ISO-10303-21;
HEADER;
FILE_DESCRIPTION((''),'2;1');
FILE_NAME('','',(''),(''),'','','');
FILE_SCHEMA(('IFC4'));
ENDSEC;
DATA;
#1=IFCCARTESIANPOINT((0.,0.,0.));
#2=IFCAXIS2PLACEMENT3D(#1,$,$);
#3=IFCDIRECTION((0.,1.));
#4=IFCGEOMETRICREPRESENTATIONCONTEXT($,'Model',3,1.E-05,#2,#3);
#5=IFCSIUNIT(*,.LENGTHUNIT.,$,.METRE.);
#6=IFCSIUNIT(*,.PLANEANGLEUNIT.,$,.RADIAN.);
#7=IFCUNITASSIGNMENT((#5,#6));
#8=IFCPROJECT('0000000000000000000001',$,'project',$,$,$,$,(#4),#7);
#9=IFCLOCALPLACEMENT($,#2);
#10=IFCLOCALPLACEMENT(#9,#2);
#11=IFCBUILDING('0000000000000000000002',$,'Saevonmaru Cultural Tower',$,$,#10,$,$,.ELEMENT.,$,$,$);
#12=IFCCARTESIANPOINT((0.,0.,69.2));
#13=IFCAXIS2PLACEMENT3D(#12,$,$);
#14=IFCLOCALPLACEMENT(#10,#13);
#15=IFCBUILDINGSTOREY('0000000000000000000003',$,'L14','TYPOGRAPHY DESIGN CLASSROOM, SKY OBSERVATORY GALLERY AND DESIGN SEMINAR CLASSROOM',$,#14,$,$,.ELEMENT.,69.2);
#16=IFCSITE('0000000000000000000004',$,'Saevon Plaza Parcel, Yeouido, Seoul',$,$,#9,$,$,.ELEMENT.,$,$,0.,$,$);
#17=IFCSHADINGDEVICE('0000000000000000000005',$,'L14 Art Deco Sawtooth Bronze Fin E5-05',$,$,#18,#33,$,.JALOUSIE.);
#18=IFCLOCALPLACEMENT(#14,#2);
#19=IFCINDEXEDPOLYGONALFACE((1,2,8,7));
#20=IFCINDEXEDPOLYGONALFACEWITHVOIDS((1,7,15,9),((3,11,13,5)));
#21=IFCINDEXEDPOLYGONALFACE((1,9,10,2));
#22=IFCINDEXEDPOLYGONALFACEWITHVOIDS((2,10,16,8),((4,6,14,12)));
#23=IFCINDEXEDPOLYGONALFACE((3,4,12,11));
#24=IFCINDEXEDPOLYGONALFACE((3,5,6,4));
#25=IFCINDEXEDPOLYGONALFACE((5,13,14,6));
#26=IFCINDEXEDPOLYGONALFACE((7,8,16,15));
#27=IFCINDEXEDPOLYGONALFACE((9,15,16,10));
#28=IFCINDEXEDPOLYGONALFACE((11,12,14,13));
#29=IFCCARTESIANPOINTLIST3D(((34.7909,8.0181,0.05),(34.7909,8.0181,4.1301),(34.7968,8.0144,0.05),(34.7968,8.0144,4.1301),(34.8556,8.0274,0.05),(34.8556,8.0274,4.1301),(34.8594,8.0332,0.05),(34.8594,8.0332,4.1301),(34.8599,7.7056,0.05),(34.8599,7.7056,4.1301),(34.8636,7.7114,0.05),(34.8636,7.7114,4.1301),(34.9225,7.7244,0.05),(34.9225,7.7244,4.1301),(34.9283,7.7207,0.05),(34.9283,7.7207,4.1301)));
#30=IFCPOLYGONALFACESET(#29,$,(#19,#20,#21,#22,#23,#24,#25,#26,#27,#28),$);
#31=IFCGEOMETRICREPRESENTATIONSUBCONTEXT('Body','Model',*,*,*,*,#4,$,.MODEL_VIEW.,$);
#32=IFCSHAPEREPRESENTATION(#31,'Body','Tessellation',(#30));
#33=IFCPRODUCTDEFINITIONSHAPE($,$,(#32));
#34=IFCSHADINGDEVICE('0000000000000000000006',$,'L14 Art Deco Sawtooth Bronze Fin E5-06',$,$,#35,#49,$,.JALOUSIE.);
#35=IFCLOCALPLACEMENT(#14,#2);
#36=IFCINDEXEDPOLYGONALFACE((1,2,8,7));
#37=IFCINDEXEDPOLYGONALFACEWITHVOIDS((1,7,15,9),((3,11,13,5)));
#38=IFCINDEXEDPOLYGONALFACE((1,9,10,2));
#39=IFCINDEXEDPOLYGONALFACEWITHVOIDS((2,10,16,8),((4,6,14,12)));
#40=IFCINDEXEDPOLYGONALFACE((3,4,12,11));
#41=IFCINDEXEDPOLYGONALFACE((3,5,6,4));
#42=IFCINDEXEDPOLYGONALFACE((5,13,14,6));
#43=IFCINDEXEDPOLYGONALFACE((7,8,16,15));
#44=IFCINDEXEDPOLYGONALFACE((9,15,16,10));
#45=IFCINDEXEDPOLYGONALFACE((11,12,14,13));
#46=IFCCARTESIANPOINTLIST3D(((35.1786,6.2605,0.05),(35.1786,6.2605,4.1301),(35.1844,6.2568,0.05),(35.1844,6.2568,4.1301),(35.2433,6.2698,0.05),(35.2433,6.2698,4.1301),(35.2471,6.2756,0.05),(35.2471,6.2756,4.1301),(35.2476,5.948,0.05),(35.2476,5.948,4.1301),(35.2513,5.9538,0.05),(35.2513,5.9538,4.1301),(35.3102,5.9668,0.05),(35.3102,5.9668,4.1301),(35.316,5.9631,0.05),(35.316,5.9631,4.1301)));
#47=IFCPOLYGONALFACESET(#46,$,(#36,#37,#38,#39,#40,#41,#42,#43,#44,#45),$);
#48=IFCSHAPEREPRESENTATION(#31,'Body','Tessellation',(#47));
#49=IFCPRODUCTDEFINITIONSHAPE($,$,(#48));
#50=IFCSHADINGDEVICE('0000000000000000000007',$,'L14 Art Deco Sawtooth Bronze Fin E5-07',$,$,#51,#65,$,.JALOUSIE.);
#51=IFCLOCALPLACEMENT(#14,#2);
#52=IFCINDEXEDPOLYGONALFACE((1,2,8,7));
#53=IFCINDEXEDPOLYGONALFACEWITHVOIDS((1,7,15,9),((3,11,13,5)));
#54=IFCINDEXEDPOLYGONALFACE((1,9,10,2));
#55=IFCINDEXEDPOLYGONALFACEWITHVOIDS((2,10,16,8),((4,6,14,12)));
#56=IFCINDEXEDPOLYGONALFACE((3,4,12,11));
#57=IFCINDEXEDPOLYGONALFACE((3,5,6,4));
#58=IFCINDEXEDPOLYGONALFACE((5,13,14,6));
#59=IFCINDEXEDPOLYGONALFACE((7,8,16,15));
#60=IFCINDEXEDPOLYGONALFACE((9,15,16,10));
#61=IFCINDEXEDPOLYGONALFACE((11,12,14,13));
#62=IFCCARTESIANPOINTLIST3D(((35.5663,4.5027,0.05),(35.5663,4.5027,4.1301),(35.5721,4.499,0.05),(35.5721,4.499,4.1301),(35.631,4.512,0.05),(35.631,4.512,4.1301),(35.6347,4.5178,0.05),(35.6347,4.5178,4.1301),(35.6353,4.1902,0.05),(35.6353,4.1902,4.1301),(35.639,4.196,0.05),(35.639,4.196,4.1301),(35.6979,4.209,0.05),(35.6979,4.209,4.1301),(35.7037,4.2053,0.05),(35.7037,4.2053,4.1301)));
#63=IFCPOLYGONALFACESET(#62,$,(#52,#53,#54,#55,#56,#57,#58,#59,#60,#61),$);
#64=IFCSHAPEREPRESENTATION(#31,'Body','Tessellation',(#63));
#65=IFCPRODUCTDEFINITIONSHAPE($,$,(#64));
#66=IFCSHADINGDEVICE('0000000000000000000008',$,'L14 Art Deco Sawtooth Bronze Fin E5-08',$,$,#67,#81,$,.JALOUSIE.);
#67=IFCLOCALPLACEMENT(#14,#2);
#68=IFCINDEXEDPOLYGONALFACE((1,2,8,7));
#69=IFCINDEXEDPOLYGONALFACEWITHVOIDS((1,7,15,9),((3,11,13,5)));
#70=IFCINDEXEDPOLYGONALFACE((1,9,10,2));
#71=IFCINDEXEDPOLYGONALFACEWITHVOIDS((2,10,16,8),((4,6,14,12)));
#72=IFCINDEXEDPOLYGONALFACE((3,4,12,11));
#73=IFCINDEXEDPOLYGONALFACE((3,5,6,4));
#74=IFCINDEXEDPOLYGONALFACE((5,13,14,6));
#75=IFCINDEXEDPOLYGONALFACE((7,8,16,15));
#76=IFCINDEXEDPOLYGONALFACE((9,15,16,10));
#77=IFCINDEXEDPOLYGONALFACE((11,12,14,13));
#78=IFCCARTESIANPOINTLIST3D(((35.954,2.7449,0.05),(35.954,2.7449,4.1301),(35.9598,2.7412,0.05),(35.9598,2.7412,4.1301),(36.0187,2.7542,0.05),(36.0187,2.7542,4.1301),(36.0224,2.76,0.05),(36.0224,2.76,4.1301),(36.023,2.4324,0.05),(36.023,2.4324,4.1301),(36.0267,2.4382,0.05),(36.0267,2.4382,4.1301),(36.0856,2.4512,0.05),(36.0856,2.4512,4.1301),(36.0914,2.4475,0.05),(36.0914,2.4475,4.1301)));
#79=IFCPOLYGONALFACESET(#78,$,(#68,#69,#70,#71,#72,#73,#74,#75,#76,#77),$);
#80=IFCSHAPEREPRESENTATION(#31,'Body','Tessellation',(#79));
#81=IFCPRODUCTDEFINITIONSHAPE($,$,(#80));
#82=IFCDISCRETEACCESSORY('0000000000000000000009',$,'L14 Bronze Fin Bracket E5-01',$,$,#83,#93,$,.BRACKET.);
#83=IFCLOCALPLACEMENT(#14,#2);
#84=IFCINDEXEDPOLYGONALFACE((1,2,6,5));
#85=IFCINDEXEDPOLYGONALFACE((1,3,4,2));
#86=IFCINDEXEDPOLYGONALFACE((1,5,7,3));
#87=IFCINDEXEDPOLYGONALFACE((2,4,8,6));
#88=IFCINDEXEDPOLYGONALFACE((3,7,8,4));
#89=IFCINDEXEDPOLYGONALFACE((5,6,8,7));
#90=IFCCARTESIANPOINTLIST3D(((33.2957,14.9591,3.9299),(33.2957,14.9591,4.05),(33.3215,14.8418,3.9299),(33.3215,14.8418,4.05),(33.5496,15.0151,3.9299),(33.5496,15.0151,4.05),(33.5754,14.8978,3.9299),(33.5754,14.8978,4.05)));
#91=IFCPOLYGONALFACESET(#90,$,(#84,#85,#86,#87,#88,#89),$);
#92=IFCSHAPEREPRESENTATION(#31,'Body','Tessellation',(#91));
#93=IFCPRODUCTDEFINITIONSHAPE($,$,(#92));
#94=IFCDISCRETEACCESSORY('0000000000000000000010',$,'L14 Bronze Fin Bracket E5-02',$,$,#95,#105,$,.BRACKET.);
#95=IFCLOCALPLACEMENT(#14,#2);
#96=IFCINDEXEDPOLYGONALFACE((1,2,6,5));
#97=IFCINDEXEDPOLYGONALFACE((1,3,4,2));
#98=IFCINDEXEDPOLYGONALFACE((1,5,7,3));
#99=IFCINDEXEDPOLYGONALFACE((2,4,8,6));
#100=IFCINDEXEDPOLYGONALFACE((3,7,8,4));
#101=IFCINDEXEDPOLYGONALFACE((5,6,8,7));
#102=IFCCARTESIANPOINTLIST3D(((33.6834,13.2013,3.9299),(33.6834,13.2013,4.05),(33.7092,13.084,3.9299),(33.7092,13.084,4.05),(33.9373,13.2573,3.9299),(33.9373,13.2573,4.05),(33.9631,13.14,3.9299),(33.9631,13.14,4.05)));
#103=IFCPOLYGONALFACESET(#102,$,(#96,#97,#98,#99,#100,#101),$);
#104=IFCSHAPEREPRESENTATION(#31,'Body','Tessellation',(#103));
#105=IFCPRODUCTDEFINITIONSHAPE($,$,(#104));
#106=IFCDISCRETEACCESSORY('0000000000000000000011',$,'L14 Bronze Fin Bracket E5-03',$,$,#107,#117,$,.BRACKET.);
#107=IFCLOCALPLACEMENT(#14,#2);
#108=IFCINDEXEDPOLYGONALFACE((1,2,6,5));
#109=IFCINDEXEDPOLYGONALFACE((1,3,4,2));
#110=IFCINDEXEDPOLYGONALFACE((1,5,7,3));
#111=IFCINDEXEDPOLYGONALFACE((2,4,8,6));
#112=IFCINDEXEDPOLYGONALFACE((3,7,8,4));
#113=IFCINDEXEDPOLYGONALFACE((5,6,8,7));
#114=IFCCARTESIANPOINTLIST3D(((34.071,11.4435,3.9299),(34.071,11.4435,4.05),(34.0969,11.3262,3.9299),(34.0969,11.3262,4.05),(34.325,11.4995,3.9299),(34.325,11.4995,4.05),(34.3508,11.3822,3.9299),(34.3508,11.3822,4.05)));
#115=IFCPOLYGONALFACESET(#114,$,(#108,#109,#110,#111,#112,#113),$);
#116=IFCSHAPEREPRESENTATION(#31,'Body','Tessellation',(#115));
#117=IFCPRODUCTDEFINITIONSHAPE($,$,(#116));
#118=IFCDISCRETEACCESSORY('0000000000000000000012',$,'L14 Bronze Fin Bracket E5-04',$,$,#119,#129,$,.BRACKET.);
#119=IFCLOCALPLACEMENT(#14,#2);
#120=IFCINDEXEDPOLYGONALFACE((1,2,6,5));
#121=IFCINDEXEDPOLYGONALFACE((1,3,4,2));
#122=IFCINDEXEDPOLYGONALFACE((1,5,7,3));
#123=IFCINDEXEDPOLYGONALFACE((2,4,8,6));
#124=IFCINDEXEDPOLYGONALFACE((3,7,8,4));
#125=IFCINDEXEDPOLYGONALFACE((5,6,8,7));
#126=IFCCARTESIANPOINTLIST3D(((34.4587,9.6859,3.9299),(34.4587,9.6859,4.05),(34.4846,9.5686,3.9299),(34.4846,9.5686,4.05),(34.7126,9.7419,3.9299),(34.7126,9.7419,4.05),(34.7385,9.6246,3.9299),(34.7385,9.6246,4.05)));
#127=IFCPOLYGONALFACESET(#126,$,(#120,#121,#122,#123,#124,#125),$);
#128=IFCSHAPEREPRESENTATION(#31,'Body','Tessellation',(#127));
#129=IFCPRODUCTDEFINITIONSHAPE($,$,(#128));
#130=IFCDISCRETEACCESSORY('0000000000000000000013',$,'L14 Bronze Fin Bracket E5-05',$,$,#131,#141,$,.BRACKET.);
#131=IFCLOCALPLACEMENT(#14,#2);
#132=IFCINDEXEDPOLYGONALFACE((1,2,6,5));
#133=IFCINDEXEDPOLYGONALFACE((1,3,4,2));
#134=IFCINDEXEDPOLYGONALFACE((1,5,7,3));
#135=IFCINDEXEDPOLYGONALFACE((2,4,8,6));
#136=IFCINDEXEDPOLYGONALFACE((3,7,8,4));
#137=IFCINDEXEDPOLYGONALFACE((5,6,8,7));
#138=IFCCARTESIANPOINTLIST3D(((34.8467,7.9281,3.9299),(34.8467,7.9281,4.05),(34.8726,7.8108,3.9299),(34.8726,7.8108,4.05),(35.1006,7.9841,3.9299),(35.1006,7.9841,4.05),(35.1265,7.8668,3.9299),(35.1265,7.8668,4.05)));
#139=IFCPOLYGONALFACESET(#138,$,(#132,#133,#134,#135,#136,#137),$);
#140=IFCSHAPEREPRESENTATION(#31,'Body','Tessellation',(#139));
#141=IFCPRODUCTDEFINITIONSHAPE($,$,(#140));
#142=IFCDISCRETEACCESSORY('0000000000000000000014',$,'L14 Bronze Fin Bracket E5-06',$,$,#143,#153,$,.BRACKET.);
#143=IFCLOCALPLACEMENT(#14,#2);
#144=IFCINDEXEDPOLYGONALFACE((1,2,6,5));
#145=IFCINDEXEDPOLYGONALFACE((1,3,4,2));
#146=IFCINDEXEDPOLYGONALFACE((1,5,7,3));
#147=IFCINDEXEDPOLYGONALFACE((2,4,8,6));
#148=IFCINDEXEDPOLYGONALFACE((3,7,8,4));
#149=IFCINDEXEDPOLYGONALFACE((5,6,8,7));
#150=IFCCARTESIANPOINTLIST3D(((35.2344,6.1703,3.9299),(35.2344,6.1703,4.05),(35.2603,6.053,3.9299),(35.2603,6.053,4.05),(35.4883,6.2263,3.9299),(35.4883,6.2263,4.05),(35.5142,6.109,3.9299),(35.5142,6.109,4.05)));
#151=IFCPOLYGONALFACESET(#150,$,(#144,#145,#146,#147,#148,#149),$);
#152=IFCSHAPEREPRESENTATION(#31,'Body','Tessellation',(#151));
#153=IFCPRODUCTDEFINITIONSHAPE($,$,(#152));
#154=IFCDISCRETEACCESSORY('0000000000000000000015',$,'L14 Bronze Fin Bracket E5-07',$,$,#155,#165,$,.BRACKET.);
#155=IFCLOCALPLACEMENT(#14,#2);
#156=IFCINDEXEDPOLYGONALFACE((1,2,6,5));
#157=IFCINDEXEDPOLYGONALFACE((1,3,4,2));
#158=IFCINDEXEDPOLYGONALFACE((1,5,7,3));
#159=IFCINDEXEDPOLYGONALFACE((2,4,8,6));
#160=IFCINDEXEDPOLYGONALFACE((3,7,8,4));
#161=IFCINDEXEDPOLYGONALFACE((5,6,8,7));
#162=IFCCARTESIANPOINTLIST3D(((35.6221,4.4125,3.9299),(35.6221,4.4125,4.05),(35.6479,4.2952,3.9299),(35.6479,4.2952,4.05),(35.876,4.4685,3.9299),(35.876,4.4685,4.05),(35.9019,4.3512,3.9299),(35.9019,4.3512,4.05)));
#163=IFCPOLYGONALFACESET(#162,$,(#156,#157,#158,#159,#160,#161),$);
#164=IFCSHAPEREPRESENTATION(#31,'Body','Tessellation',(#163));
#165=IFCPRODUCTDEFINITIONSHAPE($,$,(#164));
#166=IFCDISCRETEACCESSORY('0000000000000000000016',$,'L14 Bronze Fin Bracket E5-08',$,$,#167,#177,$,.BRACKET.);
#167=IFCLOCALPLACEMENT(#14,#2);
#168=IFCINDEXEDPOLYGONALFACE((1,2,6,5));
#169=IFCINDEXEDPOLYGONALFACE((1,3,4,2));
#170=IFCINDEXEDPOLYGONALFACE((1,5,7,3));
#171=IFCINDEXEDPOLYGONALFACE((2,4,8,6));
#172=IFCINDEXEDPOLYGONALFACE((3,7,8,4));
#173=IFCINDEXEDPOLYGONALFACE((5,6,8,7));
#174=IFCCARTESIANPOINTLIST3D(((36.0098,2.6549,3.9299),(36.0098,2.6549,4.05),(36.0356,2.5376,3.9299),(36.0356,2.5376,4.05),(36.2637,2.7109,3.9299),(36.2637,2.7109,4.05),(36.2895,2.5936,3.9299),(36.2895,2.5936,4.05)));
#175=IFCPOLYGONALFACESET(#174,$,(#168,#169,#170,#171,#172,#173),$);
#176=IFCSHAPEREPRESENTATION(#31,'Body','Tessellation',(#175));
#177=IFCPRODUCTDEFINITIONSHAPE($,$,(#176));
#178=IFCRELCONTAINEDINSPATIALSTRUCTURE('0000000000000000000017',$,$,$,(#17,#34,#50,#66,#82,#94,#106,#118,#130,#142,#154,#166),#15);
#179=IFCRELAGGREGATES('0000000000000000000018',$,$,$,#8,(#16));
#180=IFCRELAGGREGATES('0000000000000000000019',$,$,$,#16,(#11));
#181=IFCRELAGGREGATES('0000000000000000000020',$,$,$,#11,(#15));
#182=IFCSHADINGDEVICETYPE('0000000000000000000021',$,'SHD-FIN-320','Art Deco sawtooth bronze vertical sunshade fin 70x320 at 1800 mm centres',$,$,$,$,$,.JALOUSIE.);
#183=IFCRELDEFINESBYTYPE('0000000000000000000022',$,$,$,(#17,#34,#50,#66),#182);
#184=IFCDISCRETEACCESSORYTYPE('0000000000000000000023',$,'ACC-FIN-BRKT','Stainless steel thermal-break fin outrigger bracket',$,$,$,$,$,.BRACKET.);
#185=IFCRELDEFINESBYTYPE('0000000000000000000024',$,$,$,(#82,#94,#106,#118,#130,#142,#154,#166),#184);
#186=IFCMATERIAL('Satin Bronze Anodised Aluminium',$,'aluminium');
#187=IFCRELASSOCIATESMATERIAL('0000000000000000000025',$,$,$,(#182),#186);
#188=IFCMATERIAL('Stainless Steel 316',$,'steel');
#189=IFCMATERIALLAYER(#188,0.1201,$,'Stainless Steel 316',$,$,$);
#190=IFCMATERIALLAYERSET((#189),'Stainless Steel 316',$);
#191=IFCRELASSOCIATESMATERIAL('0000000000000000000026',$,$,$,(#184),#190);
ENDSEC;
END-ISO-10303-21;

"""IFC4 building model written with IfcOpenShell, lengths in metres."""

from ifc_helpers import new_model, si_unit, direction, frame, origin, origin_2d, place, context, subcontext, project, spatial, rectangle, hollow_rectangle, extrude, material, layer, layer_set, material_profile, profile_set, type_object, element, save


model = new_model("IFC4")

# Units and contexts
model_context = context("Model", 3, precision=1e-05, world=origin(), true_north=direction((0.0, 1.0)))
body_context = subcontext(model_context, "Body", "Model", "MODEL_VIEW")
ifc_project = project(units=[si_unit("LENGTHUNIT", "METRE"), si_unit("PLANEANGLEUNIT", "RADIAN")], contexts=[model_context])

# Site, building, storey
site_placement = place(None, origin())
site = spatial("IfcSite", under=ifc_project, at=site_placement, Name="Saevon Plaza Parcel, Yeouido, Seoul", CompositionType="ELEMENT", RefElevation=0.0)
building_placement = place(site_placement, origin())
building = spatial("IfcBuilding", under=site, at=building_placement, Name="Saevonmaru Cultural Tower", CompositionType="ELEMENT")
storey_placement = place(building_placement, frame((0.0, 0.0, 69.2)))
storey = spatial("IfcBuildingStorey", under=building, at=storey_placement, Name="L14", Description="TYPOGRAPHY DESIGN CLASSROOM, SKY OBSERVATORY GALLERY AND DESIGN SEMINAR CLASSROOM", CompositionType="ELEMENT", Elevation=69.2)

# Shared definitions
ifc_material_1 = material(Name="Satin Bronze Anodised Aluminium", Category="aluminium")

# Shading devices
ifc_material_profile_1 = material_profile(ifc_material_1, hollow_rectangle(XDim=0.0701, YDim=0.3201, WallThickness=0.0049, at=origin_2d()), Name="FIN-320x70")
ifc_profile_set_1 = profile_set([ifc_material_profile_1], Name="Satin Bronze Anodised Aluminium")
shading_device_type = type_object("IfcShadingDeviceType", Name="SHD-FIN-320", Description="Art Deco sawtooth bronze vertical sunshade fin 70x320 at 1800 mm centres", PredefinedType="JALOUSIE", material=ifc_profile_set_1)
for number, where, z_axis, x_axis, name in (
    (1, (34.8596, 7.8694, 0.05), (0.0, 0.0, 1.0), (-0.976522, -0.215417, 0.0), "L14 Art Deco Sawtooth Bronze Fin E5-05"),
    (2, (35.2473, 6.1118, 0.05), (0.0, 0.0, 1.0), (-0.976522, -0.215417, 0.0), "L14 Art Deco Sawtooth Bronze Fin E5-06"),
    (3, (35.635, 4.354, 0.05), (0.0, 0.0, 1.0), (-0.976522, -0.215417, 0.0), "L14 Art Deco Sawtooth Bronze Fin E5-07"),
    (4, (36.0227, 2.5962, 0.05), (0.0, 0.0, 1.0), (-0.976522, -0.215417, 0.0), "L14 Art Deco Sawtooth Bronze Fin E5-08"),
):
    element("IfcShadingDevice", number, at=place(storey_placement, frame(where, z_axis=z_axis, x_axis=x_axis)), inside=storey, type_object=shading_device_type, Name=name, PredefinedType="JALOUSIE", context=body_context, shape_type="SweptSolid", body=[
        extrude(hollow_rectangle(XDim=0.0701, YDim=0.3201, WallThickness=0.0049, at=origin_2d()), origin(), (0.0, 0.0, 1.0), 4.0801),
    ])

# Discrete accessories
ifc_material_2 = material(Name="Stainless Steel 316", Category="steel")
ifc_layer_1 = layer(ifc_material_2, 0.1201, Name="Stainless Steel 316")
ifc_layer_set_1 = layer_set([ifc_layer_1], Name="Stainless Steel 316")
discrete_accessory_type = type_object("IfcDiscreteAccessoryType", Name="ACC-FIN-BRKT", Description="Stainless steel thermal-break fin outrigger bracket", PredefinedType="BRACKET", material=ifc_layer_set_1)
for number, where, z_axis, x_axis, name in (
    (5, (33.4355, 14.9285, 3.9299), (0.0, 0.0, 1.0), (-0.976522, -0.215417, 0.0), "L14 Bronze Fin Bracket E5-01"),
    (6, (33.8232, 13.1707, 3.9299), (0.0, 0.0, 1.0), (-0.976522, -0.215417, 0.0), "L14 Bronze Fin Bracket E5-02"),
    (7, (34.2109, 11.4128, 3.9299), (0.0, 0.0, 1.0), (-0.976522, -0.215417, 0.0), "L14 Bronze Fin Bracket E5-03"),
    (8, (34.5986, 9.6553, 3.9299), (0.0, 0.0, 1.0), (-0.976522, -0.215417, 0.0), "L14 Bronze Fin Bracket E5-04"),
    (9, (34.9866, 7.8975, 3.9299), (0.0, 0.0, 1.0), (-0.976522, -0.215417, 0.0), "L14 Bronze Fin Bracket E5-05"),
    (10, (35.3743, 6.1396, 3.9299), (0.0, 0.0, 1.0), (-0.976522, -0.215417, 0.0), "L14 Bronze Fin Bracket E5-06"),
    (11, (35.762, 4.3818, 3.9299), (0.0, 0.0, 1.0), (-0.976522, -0.215417, 0.0), "L14 Bronze Fin Bracket E5-07"),
    (12, (36.1497, 2.6243, 3.9299), (0.0, 0.0, 1.0), (-0.976522, -0.215417, 0.0), "L14 Bronze Fin Bracket E5-08"),
):
    element("IfcDiscreteAccessory", number, at=place(storey_placement, frame(where, z_axis=z_axis, x_axis=x_axis)), inside=storey, type_object=discrete_accessory_type, Name=name, PredefinedType="BRACKET", context=body_context, shape_type="SweptSolid", body=[
        extrude(rectangle(XDim=0.26, YDim=0.1201, at=origin_2d()), origin(), (0.0, 0.0, 1.0), 0.1201),
    ])

save(model, "model.ifc")
